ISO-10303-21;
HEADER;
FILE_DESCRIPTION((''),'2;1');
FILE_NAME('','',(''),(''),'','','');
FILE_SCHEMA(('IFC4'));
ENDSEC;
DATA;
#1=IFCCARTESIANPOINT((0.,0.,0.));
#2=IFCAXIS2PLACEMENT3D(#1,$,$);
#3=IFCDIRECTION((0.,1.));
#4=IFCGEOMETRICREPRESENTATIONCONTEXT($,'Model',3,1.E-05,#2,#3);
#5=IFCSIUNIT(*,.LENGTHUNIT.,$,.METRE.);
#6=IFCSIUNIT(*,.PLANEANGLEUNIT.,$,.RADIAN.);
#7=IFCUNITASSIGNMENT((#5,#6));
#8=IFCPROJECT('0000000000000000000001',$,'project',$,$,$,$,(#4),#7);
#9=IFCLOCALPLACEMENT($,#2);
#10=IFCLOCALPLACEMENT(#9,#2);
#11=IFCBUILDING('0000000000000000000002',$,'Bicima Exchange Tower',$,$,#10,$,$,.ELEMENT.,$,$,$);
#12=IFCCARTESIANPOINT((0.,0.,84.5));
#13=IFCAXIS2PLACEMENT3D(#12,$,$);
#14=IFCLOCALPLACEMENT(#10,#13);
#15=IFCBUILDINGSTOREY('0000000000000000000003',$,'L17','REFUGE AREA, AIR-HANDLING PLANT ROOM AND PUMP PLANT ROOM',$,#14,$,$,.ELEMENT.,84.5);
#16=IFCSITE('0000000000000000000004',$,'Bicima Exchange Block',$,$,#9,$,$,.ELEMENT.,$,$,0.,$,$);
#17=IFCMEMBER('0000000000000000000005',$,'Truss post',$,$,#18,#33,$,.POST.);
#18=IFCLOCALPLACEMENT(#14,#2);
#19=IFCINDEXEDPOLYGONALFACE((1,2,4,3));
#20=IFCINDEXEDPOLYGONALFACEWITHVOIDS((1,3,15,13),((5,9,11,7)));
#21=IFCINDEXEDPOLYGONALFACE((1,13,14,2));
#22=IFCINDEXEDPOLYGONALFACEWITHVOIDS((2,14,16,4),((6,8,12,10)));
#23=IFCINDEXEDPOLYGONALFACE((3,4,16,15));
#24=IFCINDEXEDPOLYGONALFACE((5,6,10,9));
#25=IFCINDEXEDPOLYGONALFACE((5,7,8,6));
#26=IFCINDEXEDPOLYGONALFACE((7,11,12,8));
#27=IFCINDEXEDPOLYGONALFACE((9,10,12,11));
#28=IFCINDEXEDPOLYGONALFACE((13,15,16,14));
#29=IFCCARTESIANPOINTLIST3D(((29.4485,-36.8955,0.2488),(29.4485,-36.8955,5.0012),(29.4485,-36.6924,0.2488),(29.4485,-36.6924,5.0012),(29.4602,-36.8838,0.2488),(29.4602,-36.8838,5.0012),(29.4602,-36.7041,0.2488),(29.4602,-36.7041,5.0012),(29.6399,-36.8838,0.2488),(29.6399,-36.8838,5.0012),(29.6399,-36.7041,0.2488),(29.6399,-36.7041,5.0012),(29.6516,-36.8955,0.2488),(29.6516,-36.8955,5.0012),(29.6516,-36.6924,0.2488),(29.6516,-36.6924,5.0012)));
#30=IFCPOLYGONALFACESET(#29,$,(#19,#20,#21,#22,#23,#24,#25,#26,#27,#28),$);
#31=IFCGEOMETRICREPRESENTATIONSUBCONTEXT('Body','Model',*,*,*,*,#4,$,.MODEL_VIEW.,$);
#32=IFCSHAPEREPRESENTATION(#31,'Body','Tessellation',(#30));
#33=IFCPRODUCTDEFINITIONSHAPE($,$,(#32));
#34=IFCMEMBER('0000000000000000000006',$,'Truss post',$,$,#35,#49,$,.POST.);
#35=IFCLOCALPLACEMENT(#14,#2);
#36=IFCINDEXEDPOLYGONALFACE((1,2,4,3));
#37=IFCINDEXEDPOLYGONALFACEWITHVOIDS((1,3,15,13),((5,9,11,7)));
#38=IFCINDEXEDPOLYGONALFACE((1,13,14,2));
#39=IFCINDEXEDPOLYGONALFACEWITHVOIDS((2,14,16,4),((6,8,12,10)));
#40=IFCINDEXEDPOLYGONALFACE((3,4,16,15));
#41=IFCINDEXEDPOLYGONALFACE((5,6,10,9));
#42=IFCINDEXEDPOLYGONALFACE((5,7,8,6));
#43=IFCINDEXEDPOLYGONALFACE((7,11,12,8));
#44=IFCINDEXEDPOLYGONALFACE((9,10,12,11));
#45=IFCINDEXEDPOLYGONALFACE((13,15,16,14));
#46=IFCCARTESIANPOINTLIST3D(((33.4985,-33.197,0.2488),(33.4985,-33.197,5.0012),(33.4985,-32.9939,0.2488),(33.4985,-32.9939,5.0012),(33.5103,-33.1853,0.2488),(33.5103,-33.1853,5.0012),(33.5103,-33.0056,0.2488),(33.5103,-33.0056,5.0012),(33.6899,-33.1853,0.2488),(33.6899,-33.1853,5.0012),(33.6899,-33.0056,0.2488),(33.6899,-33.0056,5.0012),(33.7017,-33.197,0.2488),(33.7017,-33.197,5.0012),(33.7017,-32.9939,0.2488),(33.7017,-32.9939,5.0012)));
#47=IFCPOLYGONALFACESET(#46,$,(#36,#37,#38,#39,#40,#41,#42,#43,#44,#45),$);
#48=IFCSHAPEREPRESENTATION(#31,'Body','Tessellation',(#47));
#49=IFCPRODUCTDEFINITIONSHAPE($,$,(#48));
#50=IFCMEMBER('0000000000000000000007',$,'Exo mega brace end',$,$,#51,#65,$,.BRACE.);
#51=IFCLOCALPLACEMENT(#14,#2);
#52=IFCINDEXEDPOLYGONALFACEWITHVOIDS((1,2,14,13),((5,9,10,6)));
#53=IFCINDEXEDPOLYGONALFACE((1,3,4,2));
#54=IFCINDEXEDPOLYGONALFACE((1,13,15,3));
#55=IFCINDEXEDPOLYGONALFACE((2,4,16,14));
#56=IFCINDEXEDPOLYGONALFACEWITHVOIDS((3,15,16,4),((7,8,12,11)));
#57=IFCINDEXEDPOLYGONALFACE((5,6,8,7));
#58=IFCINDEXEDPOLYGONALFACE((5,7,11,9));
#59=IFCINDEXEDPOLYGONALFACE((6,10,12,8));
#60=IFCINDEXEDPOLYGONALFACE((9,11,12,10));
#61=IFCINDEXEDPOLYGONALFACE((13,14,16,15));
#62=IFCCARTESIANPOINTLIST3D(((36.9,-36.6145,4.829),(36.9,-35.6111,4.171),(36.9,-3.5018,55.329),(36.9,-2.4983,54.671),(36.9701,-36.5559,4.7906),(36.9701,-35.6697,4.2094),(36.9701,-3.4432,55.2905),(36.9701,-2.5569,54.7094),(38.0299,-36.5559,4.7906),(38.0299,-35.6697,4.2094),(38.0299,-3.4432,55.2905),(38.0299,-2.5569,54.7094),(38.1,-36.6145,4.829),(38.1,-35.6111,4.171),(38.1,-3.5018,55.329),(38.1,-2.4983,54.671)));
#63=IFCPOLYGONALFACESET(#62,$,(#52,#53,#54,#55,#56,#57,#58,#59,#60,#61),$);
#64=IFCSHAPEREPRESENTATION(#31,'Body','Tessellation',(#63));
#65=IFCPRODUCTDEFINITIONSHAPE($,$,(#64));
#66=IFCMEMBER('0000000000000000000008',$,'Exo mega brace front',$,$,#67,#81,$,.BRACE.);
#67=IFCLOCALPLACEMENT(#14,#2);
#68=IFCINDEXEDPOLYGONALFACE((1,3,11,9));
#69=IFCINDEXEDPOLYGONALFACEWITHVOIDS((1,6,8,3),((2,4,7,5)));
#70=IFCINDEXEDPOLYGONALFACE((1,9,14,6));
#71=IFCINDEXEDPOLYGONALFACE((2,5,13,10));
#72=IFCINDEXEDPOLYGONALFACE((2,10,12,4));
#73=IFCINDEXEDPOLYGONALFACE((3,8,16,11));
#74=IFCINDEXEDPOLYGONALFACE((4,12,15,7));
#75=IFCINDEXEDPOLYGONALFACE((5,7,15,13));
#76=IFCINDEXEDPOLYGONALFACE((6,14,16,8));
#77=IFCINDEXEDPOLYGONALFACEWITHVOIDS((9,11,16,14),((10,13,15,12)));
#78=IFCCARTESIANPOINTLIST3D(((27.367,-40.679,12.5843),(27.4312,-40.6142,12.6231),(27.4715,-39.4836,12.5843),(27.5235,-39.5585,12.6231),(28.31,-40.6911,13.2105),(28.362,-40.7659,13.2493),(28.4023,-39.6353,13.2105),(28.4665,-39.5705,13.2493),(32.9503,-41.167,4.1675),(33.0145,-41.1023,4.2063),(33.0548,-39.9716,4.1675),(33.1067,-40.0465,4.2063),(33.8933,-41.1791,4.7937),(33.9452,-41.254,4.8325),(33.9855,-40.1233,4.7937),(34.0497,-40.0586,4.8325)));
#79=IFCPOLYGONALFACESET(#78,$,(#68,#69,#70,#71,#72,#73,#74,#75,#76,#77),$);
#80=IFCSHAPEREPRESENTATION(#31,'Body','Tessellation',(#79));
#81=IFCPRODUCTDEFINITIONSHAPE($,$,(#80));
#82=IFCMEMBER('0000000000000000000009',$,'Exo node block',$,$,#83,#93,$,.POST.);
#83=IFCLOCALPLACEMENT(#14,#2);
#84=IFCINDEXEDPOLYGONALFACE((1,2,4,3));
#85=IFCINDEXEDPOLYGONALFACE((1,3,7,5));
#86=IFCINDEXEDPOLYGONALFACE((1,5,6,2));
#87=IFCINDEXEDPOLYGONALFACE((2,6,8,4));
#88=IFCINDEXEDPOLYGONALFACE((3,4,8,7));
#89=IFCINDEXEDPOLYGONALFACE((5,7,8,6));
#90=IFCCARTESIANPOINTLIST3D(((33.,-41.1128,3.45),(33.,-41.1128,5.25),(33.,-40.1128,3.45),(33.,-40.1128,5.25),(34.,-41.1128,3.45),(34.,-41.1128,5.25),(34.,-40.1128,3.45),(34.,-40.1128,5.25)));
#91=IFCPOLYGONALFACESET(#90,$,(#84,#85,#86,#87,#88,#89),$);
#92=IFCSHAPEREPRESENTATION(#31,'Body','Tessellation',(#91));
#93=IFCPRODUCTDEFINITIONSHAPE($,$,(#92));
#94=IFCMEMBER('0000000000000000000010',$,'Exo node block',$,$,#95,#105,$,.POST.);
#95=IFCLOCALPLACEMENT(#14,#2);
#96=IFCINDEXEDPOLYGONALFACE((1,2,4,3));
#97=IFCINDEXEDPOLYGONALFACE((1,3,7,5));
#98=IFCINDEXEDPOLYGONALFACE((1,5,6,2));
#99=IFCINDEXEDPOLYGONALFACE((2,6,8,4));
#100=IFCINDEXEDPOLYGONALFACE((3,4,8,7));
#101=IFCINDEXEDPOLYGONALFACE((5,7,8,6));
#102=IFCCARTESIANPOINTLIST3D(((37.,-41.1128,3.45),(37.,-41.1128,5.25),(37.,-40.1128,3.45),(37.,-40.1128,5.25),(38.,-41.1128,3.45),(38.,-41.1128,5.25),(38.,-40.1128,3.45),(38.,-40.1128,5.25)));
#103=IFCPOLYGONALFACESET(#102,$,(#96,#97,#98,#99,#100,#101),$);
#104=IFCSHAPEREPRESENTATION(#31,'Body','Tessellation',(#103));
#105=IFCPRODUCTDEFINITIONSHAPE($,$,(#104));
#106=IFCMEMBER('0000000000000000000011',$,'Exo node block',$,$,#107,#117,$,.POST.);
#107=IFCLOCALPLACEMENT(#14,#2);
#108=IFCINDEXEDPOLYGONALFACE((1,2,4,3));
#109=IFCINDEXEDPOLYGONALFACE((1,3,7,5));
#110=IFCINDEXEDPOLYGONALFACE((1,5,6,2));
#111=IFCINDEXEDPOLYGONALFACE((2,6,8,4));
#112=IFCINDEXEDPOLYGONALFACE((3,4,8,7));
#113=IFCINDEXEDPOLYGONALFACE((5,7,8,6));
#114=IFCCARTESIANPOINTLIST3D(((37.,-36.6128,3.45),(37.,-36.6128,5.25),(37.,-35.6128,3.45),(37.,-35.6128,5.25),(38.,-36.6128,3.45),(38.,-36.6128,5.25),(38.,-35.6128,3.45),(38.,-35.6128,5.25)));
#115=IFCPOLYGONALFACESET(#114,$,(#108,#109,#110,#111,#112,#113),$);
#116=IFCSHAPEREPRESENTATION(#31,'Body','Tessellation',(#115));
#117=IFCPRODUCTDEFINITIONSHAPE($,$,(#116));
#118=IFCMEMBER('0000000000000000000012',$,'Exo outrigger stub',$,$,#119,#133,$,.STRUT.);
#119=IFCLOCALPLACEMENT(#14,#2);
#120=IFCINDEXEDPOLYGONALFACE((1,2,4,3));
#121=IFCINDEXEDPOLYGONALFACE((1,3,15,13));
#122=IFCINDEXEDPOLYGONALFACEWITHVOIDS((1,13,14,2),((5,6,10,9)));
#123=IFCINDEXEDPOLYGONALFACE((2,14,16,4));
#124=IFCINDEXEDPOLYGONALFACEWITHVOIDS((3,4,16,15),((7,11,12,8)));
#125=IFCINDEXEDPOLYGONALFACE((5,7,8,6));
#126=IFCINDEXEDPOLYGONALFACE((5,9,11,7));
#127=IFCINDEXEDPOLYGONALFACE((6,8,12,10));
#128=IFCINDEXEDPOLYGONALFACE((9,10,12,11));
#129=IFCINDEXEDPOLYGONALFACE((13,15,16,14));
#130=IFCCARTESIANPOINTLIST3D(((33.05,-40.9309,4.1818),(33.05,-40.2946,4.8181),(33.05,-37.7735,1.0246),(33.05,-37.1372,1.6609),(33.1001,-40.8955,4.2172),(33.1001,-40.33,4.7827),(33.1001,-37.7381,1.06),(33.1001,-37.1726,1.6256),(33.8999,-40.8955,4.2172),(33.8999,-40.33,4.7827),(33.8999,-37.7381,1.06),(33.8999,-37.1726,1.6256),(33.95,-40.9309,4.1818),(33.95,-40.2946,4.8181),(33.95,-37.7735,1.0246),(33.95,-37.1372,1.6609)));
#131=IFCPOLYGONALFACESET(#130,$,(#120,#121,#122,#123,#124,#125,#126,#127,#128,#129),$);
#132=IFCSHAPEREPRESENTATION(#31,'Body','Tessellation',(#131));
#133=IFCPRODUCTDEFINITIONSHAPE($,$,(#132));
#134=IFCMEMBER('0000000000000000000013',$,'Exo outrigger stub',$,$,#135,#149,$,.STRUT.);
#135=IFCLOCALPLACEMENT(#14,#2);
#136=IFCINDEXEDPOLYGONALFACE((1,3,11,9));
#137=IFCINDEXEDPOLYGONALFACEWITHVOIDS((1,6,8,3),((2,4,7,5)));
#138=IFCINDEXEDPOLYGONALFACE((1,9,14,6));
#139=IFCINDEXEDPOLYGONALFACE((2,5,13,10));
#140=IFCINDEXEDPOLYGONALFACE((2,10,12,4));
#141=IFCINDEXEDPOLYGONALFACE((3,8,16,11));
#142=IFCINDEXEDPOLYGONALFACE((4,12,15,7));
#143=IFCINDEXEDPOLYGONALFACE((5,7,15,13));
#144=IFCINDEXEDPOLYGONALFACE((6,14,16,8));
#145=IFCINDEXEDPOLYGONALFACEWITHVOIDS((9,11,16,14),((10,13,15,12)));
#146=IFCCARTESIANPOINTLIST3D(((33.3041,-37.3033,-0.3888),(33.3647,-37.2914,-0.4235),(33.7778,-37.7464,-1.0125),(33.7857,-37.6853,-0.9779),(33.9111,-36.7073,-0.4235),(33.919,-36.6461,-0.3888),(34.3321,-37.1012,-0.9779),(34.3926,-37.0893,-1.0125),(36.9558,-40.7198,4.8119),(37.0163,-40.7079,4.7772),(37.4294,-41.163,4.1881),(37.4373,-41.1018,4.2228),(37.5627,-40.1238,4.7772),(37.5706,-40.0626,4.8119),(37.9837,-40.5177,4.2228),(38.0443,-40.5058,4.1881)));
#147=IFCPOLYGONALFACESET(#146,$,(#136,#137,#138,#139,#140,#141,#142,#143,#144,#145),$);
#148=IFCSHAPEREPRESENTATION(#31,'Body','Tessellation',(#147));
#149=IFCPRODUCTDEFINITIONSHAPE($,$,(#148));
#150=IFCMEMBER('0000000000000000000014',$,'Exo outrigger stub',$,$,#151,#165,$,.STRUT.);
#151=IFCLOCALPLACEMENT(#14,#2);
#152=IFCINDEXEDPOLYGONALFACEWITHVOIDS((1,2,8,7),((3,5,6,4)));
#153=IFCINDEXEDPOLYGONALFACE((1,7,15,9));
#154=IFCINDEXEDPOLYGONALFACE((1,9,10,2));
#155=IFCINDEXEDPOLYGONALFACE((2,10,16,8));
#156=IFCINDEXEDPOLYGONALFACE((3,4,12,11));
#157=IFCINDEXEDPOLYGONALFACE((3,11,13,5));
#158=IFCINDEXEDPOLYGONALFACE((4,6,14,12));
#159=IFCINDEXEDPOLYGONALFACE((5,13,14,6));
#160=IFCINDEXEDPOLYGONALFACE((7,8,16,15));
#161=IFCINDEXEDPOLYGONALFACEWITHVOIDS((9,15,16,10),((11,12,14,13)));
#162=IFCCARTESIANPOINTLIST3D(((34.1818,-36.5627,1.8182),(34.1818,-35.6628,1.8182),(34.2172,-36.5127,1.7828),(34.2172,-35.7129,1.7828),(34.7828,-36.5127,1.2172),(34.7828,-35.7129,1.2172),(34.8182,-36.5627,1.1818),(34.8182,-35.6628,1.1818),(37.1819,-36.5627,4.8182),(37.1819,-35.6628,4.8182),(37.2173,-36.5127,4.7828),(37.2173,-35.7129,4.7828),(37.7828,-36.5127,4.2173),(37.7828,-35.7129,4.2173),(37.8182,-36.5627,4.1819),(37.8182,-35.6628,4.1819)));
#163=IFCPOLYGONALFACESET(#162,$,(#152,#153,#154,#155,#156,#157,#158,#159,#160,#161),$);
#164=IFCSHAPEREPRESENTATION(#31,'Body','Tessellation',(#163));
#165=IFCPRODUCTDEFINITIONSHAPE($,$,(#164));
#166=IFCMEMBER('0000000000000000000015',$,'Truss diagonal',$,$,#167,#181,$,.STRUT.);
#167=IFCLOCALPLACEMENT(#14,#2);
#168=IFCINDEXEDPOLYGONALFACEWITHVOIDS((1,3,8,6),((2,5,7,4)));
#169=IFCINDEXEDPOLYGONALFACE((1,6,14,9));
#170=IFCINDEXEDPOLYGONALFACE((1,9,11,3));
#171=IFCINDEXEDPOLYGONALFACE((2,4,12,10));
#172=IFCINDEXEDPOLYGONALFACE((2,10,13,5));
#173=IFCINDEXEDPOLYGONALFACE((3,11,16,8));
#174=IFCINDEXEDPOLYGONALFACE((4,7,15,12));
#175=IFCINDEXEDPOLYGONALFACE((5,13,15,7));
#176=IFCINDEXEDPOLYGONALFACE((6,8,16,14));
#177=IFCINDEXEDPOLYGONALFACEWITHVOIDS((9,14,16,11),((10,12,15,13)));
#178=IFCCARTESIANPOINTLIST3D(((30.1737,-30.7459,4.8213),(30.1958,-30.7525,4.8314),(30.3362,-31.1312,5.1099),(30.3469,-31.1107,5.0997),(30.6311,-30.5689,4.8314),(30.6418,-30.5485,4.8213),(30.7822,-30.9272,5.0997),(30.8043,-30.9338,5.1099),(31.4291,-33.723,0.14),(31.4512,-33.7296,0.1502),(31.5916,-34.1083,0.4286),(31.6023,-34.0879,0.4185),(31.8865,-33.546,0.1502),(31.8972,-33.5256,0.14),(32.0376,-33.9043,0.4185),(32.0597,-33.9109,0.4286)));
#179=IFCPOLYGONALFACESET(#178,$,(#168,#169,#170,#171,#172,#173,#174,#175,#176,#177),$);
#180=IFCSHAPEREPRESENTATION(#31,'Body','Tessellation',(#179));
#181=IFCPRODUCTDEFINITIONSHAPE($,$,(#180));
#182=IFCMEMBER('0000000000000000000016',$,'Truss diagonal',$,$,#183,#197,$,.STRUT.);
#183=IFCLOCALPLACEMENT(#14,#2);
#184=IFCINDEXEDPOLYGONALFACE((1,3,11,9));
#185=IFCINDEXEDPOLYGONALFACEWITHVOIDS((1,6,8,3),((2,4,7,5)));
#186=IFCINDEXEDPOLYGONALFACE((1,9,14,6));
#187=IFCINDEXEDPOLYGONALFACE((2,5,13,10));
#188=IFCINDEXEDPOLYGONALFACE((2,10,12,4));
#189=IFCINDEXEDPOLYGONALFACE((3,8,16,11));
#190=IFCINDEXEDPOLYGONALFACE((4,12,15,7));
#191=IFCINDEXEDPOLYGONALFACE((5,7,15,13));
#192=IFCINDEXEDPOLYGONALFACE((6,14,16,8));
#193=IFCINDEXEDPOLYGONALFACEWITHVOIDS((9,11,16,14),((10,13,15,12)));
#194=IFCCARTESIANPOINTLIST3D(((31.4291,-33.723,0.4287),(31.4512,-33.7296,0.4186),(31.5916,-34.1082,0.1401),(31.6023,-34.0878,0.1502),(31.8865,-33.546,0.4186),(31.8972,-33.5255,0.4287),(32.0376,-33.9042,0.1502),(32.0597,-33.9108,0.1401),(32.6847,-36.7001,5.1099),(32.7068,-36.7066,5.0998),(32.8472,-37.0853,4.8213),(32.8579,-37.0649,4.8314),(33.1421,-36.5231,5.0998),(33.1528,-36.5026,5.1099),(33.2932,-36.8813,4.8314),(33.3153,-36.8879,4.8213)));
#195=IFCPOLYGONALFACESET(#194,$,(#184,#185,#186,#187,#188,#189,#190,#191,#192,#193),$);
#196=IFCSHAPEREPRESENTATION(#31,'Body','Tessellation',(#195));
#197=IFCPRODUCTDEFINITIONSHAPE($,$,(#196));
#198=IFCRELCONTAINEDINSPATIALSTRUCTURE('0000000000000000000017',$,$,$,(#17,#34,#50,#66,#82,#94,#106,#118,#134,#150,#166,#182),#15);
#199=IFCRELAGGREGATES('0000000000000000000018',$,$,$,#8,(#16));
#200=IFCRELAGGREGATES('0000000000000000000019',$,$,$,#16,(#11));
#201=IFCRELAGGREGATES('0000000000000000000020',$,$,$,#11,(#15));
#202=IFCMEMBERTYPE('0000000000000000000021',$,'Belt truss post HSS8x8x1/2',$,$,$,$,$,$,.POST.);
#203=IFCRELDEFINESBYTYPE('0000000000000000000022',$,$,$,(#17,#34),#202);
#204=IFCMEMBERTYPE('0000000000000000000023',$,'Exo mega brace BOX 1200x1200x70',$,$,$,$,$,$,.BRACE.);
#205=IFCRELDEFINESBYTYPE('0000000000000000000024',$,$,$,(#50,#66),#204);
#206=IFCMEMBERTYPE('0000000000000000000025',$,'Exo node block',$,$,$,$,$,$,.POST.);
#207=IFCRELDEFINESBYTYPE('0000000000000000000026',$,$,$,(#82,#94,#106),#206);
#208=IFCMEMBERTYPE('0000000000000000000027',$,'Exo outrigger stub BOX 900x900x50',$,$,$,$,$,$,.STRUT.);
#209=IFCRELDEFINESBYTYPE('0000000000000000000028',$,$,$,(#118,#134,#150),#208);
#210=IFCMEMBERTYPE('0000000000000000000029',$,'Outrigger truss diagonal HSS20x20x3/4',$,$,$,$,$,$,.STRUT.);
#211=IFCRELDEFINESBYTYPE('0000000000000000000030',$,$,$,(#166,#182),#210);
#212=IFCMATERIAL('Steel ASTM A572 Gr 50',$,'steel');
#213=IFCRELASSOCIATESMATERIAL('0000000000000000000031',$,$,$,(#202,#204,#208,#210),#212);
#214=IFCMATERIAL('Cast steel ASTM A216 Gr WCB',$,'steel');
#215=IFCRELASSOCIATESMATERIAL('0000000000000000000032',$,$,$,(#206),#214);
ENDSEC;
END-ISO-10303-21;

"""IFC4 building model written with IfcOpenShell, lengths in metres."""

from ifc_helpers import new_model, si_unit, direction, frame, origin, origin_2d, place, context, subcontext, project, spatial, rectangle, hollow_rectangle, extrude, material, material_profile, profile_set, type_object, element, save


model = new_model("IFC4")

# Units and contexts
model_context = context("Model", 3, precision=1e-05, world=origin(), true_north=direction((0.0, 1.0)))
body_context = subcontext(model_context, "Body", "Model", "MODEL_VIEW")
ifc_project = project(units=[si_unit("LENGTHUNIT", "METRE"), si_unit("PLANEANGLEUNIT", "RADIAN")], contexts=[model_context])

# Site, building, storey
site_placement = place(None, origin())
site = spatial("IfcSite", under=ifc_project, at=site_placement, Name="Bicima Exchange Block", CompositionType="ELEMENT", RefElevation=0.0)
building_placement = place(site_placement, origin())
building = spatial("IfcBuilding", under=site, at=building_placement, Name="Bicima Exchange Tower", CompositionType="ELEMENT")
storey_placement = place(building_placement, frame((0.0, 0.0, 84.5)))
storey = spatial("IfcBuildingStorey", under=building, at=storey_placement, Name="L17", Description="REFUGE AREA, AIR-HANDLING PLANT ROOM AND PUMP PLANT ROOM", CompositionType="ELEMENT", Elevation=84.5)

# Shared definitions
ifc_material_1 = material(Name="Steel ASTM A572 Gr 50", Category="steel")

# Members
ifc_material_profile_1 = material_profile(ifc_material_1, hollow_rectangle(XDim=0.2031, YDim=0.2031, WallThickness=0.0117, at=origin_2d()))
ifc_profile_set_1 = profile_set([ifc_material_profile_1], Name="Steel ASTM A572 Gr 50")
member_type_1 = type_object("IfcMemberType", Name="Belt truss post HSS8x8x1/2", PredefinedType="POST", material=ifc_profile_set_1)
for number, where, z_axis, x_axis, name in (
    (1, (29.55, -36.7939, 0.2488), (0.0, 0.0, 1.0), (1.0, 0.0, 0.0), "Truss post"),
    (2, (33.6001, -33.0955, 0.2488), (0.0, 0.0, 1.0), (1.0, 0.0, 0.0), "Truss post"),
):
    element("IfcMember", number, at=place(storey_placement, frame(where, z_axis=z_axis, x_axis=x_axis)), inside=storey, type_object=member_type_1, Name=name, PredefinedType="POST", context=body_context, shape_type="SweptSolid", body=[
        extrude(hollow_rectangle(XDim=0.2031, YDim=0.2031, WallThickness=0.0117, at=origin_2d()), origin(), (0.0, 0.0, 1.0), 4.7524),
    ])
ifc_material_profile_2 = material_profile(ifc_material_1, hollow_rectangle(XDim=1.2, YDim=1.2, WallThickness=0.0701, at=origin_2d()))
ifc_profile_set_2 = profile_set([ifc_material_profile_2], Name="Steel ASTM A572 Gr 50")
member_type_2 = type_object("IfcMemberType", Name="Exo mega brace BOX 1200x1200x70", PredefinedType="BRACE", material=ifc_profile_set_2)
member_1_placement = place(storey_placement, frame((37.5, -36.1128, 4.5), z_axis=(0.0, 0.548334, 0.836259), x_axis=(-1.0, 0.0, 0.0)))
element("IfcMember", 3, at=member_1_placement, inside=storey, type_object=member_type_2, Name="Exo mega brace end", PredefinedType="BRACE", context=body_context, shape_type="SweptSolid", body=[
    extrude(hollow_rectangle(XDim=1.2, YDim=1.2, WallThickness=0.0701, at=origin_2d()), origin(), (0.0, 0.0, 1.0), 60.3879),
])
member_2_placement = place(storey_placement, frame((33.5, -40.6128, 4.5), z_axis=(-0.552141, 0.048263, 0.832353), x_axis=(-0.087079, -0.996201, 0.0)))
element("IfcMember", 4, at=member_2_placement, inside=storey, type_object=member_type_2, Name="Exo mega brace front", PredefinedType="BRACE", context=body_context, shape_type="SweptSolid", body=[
    extrude(hollow_rectangle(XDim=1.2, YDim=1.2, WallThickness=0.0701, at=origin_2d()), origin(), (0.0, 0.0, 1.0), 10.1121),
])
ifc_material_2 = material(Name="Cast steel ASTM A216 Gr WCB", Category="steel")
ifc_material_profile_3 = material_profile(ifc_material_2, rectangle(XDim=1.0, YDim=1.0, at=origin_2d()))
ifc_profile_set_3 = profile_set([ifc_material_profile_3], Name="Cast steel ASTM A216 Gr WCB")
member_type_3 = type_object("IfcMemberType", Name="Exo node block", PredefinedType="POST", material=ifc_profile_set_3)
for number, where, z_axis, x_axis, name in (
    (5, (33.5, -40.6128, 3.45), (0.0, 0.0, 1.0), (1.0, 0.0, 0.0), "Exo node block"),
    (6, (37.5, -40.6128, 3.45), (0.0, 0.0, 1.0), (1.0, 0.0, 0.0), "Exo node block"),
    (7, (37.5, -36.1128, 3.45), (0.0, 0.0, 1.0), (1.0, 0.0, 0.0), "Exo node block"),
):
    element("IfcMember", number, at=place(storey_placement, frame(where, z_axis=z_axis, x_axis=x_axis)), inside=storey, type_object=member_type_3, Name=name, PredefinedType="POST", context=body_context, shape_type="SweptSolid", body=[
        extrude(rectangle(XDim=1.0, YDim=1.0, at=origin_2d()), origin(), (0.0, 0.0, 1.0), 1.8),
    ])
ifc_material_profile_4 = material_profile(ifc_material_1, hollow_rectangle(XDim=0.8999, YDim=0.8999, WallThickness=0.05, at=origin_2d()))
ifc_profile_set_4 = profile_set([ifc_material_profile_4], Name="Steel ASTM A572 Gr 50")
member_type_4 = type_object("IfcMemberType", Name="Exo outrigger stub BOX 900x900x50", PredefinedType="STRUT", material=ifc_profile_set_4)
member_3_placement = place(storey_placement, frame((33.5, -37.4553, 1.3428), z_axis=(0.0, -0.707134, 0.707079), x_axis=(1.0, 0.0, 0.0)))
element("IfcMember", 8, at=member_3_placement, inside=storey, type_object=member_type_4, Name="Exo outrigger stub", PredefinedType="STRUT", context=body_context, shape_type="SweptSolid", body=[
    extrude(hollow_rectangle(XDim=0.8999, YDim=0.8999, WallThickness=0.05, at=origin_2d()), origin(), (0.0, 0.0, 1.0), 4.4651),
])
member_4_placement = place(storey_placement, frame((33.8484, -37.1963, -0.7007), z_axis=(0.506125, -0.473539, 0.720832), x_axis=(0.683208, 0.730223, 0.0)))
element("IfcMember", 9, at=member_4_placement, inside=storey, type_object=member_type_4, Name="Exo outrigger stub", PredefinedType="STRUT", context=body_context, shape_type="SweptSolid", body=[
    extrude(hollow_rectangle(XDim=0.8999, YDim=0.8999, WallThickness=0.05, at=origin_2d()), origin(), (0.0, 0.0, 1.0), 7.2148),
])
member_5_placement = place(storey_placement, frame((34.5, -36.1128, 1.5), z_axis=(0.707107, 0.0, 0.707107), x_axis=(0.0, 1.0, 0.0)))
element("IfcMember", 10, at=member_5_placement, inside=storey, type_object=member_type_4, Name="Exo outrigger stub", PredefinedType="STRUT", context=body_context, shape_type="SweptSolid", body=[
    extrude(hollow_rectangle(XDim=0.8999, YDim=0.8999, WallThickness=0.05, at=origin_2d()), origin(), (0.0, 0.0, 1.0), 4.2427),
])
ifc_material_profile_5 = material_profile(ifc_material_1, hollow_rectangle(XDim=0.5081, YDim=0.5081, WallThickness=0.0178, at=origin_2d()))
ifc_profile_set_5 = profile_set([ifc_material_profile_5], Name="Steel ASTM A572 Gr 50")
member_type_5 = type_object("IfcMemberType", Name="Outrigger truss diagonal HSS20x20x3/4", PredefinedType="STRUT", material=ifc_profile_set_5)
for number, where, z_axis, x_axis, name in (
    (11, (30.489, -30.8398, 4.9656), (0.22071, -0.523403, -0.823005), (0.921428, 0.38855, 0.0), "Truss diagonal"),
    (12, (31.7444, -33.8169, 0.2844), (0.220751, -0.523398, 0.822997), (0.921401, 0.388614, 0.0), "Truss diagonal"),
):
    element("IfcMember", number, at=place(storey_placement, frame(where, z_axis=z_axis, x_axis=x_axis)), inside=storey, type_object=member_type_5, Name=name, PredefinedType="STRUT", context=body_context, shape_type="SweptSolid", body=[
        extrude(hollow_rectangle(XDim=0.5081, YDim=0.5081, WallThickness=0.0178, at=origin_2d()), origin(), (0.0, 0.0, 1.0), 5.688),
    ])

save(model, "model.ifc")
